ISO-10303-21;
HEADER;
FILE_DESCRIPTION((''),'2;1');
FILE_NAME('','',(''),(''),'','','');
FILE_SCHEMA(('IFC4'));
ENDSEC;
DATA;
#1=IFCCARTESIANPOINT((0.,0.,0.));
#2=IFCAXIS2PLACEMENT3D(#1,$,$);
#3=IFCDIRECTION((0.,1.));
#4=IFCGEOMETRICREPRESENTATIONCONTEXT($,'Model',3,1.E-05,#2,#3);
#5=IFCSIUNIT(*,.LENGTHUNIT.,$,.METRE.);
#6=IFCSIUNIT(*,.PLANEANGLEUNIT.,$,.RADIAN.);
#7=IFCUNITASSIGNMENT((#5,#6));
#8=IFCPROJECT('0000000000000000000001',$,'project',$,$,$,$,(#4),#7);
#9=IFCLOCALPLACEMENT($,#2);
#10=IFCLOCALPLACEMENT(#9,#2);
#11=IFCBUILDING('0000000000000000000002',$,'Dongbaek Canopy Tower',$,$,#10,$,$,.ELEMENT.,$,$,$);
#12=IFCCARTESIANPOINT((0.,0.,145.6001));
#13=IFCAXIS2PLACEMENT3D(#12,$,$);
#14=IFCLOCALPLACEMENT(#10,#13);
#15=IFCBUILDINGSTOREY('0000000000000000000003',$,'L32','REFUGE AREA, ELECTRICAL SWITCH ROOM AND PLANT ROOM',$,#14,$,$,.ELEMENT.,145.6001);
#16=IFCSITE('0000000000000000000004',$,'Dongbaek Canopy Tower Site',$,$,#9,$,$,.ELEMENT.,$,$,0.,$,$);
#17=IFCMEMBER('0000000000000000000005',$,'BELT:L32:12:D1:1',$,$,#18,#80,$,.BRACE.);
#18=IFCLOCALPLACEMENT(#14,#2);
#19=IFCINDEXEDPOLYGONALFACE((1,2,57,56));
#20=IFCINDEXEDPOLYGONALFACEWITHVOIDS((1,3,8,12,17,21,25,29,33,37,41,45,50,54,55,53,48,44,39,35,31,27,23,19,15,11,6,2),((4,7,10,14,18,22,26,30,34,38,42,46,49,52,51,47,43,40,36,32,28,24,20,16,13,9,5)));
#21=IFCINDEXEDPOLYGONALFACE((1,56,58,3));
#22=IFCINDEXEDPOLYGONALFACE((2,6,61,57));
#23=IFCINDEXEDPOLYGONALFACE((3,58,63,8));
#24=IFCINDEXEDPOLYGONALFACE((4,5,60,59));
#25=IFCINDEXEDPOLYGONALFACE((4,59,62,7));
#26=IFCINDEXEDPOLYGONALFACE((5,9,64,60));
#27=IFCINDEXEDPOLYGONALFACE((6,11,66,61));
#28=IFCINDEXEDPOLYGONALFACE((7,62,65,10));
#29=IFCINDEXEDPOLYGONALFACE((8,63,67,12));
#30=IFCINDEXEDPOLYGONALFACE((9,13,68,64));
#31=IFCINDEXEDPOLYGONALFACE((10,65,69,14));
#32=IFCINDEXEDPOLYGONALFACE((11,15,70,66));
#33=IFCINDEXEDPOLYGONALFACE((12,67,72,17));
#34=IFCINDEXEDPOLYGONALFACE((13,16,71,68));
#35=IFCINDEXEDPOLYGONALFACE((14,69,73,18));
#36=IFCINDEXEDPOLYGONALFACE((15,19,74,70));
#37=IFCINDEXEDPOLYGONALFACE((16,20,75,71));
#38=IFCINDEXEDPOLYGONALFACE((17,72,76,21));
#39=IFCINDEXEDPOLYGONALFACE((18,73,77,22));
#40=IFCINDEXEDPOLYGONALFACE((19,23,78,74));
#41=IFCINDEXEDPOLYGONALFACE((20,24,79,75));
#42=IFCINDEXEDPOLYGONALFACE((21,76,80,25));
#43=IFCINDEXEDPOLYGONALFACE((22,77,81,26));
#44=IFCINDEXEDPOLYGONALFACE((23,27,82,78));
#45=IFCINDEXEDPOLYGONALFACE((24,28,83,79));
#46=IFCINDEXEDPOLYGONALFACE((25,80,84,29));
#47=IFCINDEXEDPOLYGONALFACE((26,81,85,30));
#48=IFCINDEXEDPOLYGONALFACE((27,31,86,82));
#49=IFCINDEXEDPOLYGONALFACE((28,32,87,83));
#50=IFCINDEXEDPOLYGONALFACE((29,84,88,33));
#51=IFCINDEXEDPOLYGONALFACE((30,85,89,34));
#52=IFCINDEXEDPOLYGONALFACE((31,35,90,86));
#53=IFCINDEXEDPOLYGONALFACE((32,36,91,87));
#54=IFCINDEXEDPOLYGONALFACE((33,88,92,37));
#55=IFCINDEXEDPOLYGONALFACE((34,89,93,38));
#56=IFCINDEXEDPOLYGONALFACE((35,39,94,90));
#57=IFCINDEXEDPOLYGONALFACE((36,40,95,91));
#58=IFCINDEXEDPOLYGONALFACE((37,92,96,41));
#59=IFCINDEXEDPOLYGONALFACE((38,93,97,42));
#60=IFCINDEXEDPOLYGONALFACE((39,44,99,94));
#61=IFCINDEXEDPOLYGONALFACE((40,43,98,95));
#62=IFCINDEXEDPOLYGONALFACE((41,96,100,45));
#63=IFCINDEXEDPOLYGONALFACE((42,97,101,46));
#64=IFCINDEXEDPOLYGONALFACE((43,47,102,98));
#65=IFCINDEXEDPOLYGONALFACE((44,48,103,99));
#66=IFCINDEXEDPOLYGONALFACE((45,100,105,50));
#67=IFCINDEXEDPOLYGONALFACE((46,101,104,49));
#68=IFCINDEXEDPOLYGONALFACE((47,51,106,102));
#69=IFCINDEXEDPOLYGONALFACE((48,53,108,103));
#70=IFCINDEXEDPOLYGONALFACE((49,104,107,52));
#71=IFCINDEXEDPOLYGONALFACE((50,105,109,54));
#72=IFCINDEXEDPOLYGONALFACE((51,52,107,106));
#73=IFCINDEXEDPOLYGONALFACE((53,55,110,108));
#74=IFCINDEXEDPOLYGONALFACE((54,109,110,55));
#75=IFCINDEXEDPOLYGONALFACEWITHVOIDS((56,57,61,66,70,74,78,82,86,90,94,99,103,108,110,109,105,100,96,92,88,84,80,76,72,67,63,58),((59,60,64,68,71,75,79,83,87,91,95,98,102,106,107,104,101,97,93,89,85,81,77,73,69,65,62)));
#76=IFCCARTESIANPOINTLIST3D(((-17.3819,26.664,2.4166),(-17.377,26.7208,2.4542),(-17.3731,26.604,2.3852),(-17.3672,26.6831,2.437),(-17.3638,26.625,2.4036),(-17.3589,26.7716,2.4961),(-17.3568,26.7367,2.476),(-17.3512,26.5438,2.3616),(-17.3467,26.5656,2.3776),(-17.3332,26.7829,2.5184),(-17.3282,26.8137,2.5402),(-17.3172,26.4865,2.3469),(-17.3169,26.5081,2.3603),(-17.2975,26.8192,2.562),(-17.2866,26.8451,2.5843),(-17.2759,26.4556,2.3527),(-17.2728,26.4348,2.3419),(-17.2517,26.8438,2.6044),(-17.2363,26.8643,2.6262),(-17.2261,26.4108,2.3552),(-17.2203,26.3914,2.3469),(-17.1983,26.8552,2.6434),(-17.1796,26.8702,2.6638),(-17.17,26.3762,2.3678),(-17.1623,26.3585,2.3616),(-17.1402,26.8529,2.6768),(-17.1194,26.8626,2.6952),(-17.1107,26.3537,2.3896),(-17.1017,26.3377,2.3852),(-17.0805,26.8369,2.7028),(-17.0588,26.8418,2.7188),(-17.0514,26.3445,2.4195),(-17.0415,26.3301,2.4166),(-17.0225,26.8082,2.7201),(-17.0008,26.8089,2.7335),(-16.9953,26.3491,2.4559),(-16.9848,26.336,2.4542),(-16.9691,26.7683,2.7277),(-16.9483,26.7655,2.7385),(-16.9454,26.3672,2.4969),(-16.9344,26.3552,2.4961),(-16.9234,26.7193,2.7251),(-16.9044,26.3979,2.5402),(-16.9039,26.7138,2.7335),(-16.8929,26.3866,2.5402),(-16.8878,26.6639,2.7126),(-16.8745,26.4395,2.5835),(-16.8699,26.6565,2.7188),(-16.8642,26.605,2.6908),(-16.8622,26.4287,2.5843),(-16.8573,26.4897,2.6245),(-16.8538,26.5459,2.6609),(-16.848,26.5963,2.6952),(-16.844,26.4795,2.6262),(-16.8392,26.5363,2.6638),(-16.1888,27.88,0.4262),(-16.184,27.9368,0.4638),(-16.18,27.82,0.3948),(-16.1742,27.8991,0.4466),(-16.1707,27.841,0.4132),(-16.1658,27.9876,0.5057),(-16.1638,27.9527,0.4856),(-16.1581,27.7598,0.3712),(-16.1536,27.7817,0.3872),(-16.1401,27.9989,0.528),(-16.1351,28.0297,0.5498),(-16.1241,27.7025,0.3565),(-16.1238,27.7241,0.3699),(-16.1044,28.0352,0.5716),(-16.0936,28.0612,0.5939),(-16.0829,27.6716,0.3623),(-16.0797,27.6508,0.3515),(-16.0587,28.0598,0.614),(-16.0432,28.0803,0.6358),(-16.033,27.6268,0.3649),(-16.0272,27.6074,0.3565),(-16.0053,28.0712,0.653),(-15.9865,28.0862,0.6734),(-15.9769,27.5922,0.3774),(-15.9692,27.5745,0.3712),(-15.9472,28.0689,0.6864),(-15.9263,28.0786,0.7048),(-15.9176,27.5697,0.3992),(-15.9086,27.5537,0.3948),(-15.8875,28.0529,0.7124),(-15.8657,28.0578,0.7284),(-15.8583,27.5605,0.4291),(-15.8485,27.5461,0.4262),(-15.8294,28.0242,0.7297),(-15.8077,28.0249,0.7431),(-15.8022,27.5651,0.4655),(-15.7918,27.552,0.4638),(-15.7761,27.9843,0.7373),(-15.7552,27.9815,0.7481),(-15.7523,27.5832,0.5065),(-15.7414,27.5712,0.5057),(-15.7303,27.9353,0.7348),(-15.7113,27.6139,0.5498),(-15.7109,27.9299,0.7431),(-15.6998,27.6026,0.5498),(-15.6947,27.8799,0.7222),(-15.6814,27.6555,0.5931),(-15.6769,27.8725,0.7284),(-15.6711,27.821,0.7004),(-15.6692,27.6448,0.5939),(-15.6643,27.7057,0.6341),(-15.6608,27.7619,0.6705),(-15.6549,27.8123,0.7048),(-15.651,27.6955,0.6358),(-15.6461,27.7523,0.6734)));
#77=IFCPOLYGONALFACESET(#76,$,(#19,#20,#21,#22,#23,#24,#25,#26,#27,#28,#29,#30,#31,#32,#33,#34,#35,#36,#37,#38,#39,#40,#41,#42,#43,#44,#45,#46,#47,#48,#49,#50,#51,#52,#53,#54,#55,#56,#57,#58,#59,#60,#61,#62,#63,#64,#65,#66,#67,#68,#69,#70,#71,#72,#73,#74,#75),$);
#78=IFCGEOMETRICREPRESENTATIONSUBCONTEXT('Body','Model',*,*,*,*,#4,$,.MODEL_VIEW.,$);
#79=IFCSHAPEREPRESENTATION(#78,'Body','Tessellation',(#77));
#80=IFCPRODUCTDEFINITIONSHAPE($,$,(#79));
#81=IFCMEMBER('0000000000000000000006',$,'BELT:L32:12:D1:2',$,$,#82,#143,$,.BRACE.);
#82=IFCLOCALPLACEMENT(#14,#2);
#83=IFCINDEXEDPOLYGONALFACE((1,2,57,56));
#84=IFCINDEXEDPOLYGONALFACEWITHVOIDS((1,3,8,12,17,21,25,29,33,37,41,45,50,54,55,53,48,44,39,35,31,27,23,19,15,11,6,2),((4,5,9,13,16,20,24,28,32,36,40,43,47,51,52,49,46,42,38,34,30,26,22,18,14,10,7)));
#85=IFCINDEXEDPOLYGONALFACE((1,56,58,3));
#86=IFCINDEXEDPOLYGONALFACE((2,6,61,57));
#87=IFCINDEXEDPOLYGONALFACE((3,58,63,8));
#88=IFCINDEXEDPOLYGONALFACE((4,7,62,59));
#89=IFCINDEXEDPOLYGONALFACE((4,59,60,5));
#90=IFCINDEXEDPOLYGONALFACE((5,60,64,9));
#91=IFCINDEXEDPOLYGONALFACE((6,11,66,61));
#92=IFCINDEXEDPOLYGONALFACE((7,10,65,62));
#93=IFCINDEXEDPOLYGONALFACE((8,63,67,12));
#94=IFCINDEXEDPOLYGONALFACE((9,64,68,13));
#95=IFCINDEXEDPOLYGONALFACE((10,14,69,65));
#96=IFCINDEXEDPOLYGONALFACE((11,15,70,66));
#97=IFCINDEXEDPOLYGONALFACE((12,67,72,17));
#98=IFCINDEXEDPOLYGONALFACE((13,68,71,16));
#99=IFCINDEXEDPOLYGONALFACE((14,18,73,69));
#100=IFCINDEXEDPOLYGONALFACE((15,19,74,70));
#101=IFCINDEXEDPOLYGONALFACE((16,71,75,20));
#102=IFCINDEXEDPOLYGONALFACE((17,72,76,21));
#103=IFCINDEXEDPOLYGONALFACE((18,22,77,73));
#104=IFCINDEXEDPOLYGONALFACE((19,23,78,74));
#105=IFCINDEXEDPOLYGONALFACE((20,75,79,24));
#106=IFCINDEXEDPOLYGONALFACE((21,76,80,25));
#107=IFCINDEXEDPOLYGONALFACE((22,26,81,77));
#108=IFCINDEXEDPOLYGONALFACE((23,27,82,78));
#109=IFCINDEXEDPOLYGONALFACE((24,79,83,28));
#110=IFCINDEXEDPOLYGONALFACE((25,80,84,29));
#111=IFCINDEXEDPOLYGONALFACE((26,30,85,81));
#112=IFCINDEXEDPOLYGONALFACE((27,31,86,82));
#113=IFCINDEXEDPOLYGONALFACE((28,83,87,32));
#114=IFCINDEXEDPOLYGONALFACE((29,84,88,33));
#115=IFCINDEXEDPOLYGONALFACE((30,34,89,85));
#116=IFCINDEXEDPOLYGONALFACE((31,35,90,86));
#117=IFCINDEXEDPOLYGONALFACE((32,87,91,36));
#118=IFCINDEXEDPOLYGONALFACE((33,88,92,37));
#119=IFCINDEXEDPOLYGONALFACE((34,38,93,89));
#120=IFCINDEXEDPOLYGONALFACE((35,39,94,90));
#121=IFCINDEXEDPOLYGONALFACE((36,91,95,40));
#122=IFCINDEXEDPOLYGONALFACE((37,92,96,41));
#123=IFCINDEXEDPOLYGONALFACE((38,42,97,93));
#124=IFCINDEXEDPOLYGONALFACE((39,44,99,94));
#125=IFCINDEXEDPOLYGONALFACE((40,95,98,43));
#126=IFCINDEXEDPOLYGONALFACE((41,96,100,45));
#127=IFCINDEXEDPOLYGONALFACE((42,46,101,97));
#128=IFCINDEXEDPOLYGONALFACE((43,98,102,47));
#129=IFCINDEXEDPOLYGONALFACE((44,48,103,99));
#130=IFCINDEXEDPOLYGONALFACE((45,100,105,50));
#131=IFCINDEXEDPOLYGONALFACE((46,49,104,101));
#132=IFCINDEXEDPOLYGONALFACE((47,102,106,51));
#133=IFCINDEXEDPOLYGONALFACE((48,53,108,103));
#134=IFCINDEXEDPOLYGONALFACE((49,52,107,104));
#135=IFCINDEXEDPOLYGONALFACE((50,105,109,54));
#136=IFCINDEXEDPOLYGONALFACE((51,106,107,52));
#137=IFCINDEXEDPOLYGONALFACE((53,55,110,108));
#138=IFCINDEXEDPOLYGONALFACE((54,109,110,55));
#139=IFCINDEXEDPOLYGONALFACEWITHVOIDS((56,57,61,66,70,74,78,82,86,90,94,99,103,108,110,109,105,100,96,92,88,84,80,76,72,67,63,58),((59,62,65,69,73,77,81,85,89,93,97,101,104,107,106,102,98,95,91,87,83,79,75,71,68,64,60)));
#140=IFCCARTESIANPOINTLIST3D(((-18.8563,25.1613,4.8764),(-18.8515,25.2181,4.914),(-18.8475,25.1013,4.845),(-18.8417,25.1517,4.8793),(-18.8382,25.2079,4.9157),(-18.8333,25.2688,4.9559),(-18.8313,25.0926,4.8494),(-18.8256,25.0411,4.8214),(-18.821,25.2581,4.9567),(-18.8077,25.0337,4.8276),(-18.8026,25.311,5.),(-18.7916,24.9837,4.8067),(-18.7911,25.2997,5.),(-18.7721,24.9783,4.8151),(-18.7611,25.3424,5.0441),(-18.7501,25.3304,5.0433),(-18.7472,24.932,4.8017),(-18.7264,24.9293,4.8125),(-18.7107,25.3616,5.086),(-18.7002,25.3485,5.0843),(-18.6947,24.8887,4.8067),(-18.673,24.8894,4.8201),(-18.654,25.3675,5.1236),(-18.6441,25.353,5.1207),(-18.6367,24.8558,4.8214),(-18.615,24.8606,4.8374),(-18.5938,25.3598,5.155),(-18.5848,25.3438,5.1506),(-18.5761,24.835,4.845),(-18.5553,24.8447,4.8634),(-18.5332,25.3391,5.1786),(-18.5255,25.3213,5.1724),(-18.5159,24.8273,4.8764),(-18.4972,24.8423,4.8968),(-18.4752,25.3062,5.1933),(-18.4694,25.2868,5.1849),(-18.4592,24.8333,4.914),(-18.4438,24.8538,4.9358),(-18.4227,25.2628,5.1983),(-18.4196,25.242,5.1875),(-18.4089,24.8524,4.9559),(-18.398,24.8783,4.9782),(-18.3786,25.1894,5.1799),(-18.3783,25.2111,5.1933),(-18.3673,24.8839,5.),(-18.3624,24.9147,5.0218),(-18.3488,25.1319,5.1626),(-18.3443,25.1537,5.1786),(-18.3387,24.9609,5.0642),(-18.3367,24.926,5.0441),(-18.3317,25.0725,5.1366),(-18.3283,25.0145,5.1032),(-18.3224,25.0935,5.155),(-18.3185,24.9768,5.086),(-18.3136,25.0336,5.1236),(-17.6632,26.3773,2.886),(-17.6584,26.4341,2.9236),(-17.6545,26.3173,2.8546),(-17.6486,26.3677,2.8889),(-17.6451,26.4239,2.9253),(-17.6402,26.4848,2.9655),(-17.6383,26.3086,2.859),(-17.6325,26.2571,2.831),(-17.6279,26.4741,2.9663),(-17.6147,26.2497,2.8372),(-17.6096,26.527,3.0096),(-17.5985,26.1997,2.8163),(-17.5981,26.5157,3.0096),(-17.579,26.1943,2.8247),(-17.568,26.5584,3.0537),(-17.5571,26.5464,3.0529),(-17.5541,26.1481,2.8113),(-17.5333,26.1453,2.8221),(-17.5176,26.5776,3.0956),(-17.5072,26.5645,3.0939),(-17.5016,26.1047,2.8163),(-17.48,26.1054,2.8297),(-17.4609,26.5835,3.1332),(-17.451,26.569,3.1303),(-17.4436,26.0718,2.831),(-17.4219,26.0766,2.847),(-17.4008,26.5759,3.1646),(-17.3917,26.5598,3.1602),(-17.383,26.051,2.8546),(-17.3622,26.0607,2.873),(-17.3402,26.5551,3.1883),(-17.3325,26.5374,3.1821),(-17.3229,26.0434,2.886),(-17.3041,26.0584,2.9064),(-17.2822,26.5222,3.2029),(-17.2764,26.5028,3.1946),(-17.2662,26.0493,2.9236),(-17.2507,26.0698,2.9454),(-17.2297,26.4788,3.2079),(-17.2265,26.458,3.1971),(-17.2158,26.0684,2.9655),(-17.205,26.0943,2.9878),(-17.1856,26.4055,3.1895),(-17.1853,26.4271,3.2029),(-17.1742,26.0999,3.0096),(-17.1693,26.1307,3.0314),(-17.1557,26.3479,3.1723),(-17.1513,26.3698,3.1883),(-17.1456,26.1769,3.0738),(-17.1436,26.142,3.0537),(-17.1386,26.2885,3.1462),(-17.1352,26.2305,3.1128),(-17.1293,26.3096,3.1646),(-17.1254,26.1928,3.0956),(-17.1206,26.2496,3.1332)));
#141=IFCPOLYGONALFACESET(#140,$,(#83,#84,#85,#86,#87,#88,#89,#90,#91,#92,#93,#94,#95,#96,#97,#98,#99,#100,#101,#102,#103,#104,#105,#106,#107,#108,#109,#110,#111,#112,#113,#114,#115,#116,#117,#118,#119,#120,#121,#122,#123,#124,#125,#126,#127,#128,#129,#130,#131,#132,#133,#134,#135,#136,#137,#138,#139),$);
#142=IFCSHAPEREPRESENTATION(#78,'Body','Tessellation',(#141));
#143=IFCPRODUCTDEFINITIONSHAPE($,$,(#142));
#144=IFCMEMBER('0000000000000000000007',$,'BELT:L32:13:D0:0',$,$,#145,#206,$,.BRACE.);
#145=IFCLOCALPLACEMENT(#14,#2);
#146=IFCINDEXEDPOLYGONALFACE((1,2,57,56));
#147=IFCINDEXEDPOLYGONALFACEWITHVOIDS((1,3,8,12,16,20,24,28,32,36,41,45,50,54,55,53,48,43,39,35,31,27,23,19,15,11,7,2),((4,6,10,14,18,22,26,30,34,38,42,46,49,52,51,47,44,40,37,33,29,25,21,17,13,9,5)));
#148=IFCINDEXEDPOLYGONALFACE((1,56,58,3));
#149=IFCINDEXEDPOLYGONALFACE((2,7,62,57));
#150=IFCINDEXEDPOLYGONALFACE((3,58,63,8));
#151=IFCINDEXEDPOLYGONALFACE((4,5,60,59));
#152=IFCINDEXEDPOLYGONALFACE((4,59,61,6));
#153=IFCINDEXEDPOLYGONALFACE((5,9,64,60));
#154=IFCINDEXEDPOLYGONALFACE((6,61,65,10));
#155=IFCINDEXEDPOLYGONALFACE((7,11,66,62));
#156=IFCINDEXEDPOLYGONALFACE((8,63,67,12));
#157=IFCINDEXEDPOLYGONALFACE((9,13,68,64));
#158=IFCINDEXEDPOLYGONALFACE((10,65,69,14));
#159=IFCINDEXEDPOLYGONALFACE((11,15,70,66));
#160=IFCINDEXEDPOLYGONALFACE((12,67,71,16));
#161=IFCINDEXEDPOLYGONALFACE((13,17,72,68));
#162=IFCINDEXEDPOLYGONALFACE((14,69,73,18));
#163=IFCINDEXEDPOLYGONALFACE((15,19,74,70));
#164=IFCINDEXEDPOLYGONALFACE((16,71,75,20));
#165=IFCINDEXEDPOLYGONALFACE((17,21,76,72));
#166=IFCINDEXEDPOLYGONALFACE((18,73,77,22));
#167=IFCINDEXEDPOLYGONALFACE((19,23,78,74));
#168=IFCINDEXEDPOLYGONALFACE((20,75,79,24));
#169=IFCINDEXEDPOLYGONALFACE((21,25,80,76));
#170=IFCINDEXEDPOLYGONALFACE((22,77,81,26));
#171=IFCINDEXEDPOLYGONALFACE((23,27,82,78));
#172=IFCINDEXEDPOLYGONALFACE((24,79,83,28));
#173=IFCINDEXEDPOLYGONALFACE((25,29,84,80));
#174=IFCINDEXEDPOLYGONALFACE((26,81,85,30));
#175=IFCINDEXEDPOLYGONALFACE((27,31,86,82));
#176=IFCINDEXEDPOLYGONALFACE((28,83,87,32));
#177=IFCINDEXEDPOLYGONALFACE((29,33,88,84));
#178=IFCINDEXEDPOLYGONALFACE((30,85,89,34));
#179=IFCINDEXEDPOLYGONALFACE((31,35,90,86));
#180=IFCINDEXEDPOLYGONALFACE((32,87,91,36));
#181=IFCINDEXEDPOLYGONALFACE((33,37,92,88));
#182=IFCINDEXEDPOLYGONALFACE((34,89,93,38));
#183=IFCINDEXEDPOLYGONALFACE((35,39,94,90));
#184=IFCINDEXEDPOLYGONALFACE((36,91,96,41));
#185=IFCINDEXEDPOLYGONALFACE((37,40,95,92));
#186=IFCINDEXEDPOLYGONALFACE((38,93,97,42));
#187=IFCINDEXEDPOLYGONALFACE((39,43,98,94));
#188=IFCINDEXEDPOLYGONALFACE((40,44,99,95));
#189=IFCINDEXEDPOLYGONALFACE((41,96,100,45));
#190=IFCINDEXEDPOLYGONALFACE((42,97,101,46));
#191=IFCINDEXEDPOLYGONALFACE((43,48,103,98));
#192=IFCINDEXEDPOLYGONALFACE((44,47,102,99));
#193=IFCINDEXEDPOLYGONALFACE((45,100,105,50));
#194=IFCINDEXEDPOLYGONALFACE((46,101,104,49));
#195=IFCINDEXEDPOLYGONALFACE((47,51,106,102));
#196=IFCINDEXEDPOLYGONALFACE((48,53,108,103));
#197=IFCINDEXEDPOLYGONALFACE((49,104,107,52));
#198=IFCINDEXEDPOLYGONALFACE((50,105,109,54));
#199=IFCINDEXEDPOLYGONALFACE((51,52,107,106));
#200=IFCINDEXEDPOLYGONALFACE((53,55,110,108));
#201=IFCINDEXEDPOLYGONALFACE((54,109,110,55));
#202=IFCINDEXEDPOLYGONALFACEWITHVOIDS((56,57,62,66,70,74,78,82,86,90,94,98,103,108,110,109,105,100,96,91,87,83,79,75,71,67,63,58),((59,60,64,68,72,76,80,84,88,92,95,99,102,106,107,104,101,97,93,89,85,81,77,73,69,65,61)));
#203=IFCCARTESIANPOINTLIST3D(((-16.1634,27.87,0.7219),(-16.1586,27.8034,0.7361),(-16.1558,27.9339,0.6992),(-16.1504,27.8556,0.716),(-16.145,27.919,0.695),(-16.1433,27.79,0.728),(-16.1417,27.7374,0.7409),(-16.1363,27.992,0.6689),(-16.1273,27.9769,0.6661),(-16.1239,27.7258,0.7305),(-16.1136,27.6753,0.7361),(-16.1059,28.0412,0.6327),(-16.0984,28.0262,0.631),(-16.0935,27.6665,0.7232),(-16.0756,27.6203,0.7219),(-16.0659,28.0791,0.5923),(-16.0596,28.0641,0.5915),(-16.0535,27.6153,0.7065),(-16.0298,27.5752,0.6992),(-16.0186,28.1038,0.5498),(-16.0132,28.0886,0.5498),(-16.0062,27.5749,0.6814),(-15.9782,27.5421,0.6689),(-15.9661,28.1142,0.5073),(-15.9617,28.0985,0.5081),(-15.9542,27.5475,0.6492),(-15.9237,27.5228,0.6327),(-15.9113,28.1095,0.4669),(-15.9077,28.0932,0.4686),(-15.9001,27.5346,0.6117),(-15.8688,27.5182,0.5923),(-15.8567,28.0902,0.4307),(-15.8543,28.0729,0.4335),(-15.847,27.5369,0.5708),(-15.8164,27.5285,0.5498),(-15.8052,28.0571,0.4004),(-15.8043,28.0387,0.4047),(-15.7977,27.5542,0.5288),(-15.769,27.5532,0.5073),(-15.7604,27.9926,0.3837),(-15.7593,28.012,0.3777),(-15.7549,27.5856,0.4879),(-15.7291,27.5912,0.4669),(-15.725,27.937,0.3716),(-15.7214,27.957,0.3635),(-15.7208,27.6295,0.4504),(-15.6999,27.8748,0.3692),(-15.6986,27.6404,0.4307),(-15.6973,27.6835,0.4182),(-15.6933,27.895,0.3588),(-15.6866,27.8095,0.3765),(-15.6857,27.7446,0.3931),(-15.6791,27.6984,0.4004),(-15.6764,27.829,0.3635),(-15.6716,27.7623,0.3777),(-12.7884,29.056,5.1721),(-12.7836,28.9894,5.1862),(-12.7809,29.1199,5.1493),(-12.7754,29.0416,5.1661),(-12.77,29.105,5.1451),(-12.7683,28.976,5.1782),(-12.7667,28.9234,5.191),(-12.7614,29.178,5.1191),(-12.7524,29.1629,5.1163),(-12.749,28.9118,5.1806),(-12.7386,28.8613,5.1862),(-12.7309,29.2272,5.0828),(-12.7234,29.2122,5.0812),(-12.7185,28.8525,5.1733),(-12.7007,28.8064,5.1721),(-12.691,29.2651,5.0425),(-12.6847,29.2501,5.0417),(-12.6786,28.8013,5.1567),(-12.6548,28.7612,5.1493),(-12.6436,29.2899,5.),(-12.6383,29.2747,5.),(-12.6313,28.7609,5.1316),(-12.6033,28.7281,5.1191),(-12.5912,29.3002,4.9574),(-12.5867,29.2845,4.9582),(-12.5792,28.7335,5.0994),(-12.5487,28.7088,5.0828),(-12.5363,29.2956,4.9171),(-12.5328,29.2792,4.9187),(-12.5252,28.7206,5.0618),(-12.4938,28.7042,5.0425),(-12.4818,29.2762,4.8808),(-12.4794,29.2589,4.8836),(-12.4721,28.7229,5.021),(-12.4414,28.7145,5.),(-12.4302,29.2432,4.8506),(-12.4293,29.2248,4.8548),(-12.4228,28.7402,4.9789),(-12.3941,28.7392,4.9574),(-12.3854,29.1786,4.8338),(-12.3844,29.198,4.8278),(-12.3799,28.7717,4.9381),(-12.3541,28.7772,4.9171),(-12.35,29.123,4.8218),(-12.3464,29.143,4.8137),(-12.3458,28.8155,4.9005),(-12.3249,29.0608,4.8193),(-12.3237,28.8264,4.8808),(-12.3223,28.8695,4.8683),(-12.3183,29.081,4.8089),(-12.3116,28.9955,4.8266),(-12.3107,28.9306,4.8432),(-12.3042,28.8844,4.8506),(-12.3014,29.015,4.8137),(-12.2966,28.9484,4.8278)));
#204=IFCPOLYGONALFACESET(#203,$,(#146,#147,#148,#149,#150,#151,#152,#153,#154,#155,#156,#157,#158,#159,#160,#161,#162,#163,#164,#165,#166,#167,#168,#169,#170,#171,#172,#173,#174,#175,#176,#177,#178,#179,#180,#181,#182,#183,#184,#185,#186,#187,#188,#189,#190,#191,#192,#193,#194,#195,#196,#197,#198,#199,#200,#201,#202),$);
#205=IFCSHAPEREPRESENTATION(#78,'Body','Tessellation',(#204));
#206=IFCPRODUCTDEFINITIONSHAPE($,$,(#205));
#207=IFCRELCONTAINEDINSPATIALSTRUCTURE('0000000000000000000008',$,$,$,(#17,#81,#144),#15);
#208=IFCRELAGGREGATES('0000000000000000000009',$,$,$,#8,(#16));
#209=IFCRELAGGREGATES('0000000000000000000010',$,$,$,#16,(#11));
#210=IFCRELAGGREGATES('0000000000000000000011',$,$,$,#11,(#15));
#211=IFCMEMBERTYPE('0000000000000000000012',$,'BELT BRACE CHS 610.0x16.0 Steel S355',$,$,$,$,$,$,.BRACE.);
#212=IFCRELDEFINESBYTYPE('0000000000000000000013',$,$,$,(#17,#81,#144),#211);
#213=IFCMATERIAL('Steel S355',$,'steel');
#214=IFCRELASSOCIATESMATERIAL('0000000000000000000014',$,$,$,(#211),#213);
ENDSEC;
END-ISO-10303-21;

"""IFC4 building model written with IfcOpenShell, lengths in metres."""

from ifc_helpers import new_model, si_unit, direction, frame, origin, origin_2d, place, context, subcontext, project, spatial, hollow_circle, extrude, material, material_profile, profile_set, type_object, element, save


model = new_model("IFC4")

# Units and contexts
model_context = context("Model", 3, precision=1e-05, world=origin(), true_north=direction((0.0, 1.0)))
body_context = subcontext(model_context, "Body", "Model", "MODEL_VIEW")
ifc_project = project(units=[si_unit("LENGTHUNIT", "METRE"), si_unit("PLANEANGLEUNIT", "RADIAN")], contexts=[model_context])

# Site, building, storey
site_placement = place(None, origin())
site = spatial("IfcSite", under=ifc_project, at=site_placement, Name="Dongbaek Canopy Tower Site", CompositionType="ELEMENT", RefElevation=0.0)
building_placement = place(site_placement, origin())
building = spatial("IfcBuilding", under=site, at=building_placement, Name="Dongbaek Canopy Tower", CompositionType="ELEMENT")
storey_placement = place(building_placement, frame((0.0, 0.0, 145.6001)))
storey = spatial("IfcBuildingStorey", under=building, at=storey_placement, Name="L32", Description="REFUGE AREA, ELECTRICAL SWITCH ROOM AND PLANT ROOM", CompositionType="ELEMENT", Elevation=145.6001)

# Members
ifc_material_1 = material(Name="Steel S355", Category="steel")
ifc_material_profile_1 = material_profile(ifc_material_1, hollow_circle(Radius=0.3049, WallThickness=0.0161, at=origin_2d()), Name="BELT BRACE CHS 610.0x16.0 Steel S355")
ifc_profile_set_1 = profile_set([ifc_material_profile_1], Name="Steel S355")
member_type_1 = type_object("IfcMemberType", Name="BELT BRACE CHS 610.0x16.0 Steel S355", PredefinedType="BRACE", material=ifc_profile_set_1)
for number, where, z_axis, x_axis, name in (
    (1, (-15.9175, 27.8162, 0.5498), (-0.455389, -0.464149, 0.759728), (0.71381, -0.700339, 0.0), "BELT:L32:12:D1:1"),
    (2, (-18.585, 25.0974, 5.0), (0.455389, 0.464149, -0.759728), (-0.71381, 0.700339, 0.0), "BELT:L32:12:D1:2"),
):
    element("IfcMember", number, at=place(storey_placement, frame(where, z_axis=z_axis, x_axis=x_axis)), inside=storey, type_object=member_type_1, Name=name, PredefinedType="BRACE", context=body_context, shape_type="SweptSolid", body=[
        extrude(hollow_circle(Radius=0.3049, WallThickness=0.0161, at=origin_2d()), origin(), (0.0, 0.0, 1.0), 2.6199),
    ])
member_1_placement = place(storey_placement, frame((-15.9175, 27.8162, 0.5498), z_axis=(0.591091, 0.20772, 0.779399), x_axis=(-0.331542, 0.943441, 0.0)))
element("IfcMember", 3, at=member_1_placement, inside=storey, type_object=member_type_1, Name="BELT:L32:13:D0:0", PredefinedType="BRACE", context=body_context, shape_type="SweptSolid", body=[
    extrude(hollow_circle(Radius=0.3049, WallThickness=0.0161, at=origin_2d()), origin(), (0.0, 0.0, 1.0), 5.7097),
])

save(model, "model.ifc")
